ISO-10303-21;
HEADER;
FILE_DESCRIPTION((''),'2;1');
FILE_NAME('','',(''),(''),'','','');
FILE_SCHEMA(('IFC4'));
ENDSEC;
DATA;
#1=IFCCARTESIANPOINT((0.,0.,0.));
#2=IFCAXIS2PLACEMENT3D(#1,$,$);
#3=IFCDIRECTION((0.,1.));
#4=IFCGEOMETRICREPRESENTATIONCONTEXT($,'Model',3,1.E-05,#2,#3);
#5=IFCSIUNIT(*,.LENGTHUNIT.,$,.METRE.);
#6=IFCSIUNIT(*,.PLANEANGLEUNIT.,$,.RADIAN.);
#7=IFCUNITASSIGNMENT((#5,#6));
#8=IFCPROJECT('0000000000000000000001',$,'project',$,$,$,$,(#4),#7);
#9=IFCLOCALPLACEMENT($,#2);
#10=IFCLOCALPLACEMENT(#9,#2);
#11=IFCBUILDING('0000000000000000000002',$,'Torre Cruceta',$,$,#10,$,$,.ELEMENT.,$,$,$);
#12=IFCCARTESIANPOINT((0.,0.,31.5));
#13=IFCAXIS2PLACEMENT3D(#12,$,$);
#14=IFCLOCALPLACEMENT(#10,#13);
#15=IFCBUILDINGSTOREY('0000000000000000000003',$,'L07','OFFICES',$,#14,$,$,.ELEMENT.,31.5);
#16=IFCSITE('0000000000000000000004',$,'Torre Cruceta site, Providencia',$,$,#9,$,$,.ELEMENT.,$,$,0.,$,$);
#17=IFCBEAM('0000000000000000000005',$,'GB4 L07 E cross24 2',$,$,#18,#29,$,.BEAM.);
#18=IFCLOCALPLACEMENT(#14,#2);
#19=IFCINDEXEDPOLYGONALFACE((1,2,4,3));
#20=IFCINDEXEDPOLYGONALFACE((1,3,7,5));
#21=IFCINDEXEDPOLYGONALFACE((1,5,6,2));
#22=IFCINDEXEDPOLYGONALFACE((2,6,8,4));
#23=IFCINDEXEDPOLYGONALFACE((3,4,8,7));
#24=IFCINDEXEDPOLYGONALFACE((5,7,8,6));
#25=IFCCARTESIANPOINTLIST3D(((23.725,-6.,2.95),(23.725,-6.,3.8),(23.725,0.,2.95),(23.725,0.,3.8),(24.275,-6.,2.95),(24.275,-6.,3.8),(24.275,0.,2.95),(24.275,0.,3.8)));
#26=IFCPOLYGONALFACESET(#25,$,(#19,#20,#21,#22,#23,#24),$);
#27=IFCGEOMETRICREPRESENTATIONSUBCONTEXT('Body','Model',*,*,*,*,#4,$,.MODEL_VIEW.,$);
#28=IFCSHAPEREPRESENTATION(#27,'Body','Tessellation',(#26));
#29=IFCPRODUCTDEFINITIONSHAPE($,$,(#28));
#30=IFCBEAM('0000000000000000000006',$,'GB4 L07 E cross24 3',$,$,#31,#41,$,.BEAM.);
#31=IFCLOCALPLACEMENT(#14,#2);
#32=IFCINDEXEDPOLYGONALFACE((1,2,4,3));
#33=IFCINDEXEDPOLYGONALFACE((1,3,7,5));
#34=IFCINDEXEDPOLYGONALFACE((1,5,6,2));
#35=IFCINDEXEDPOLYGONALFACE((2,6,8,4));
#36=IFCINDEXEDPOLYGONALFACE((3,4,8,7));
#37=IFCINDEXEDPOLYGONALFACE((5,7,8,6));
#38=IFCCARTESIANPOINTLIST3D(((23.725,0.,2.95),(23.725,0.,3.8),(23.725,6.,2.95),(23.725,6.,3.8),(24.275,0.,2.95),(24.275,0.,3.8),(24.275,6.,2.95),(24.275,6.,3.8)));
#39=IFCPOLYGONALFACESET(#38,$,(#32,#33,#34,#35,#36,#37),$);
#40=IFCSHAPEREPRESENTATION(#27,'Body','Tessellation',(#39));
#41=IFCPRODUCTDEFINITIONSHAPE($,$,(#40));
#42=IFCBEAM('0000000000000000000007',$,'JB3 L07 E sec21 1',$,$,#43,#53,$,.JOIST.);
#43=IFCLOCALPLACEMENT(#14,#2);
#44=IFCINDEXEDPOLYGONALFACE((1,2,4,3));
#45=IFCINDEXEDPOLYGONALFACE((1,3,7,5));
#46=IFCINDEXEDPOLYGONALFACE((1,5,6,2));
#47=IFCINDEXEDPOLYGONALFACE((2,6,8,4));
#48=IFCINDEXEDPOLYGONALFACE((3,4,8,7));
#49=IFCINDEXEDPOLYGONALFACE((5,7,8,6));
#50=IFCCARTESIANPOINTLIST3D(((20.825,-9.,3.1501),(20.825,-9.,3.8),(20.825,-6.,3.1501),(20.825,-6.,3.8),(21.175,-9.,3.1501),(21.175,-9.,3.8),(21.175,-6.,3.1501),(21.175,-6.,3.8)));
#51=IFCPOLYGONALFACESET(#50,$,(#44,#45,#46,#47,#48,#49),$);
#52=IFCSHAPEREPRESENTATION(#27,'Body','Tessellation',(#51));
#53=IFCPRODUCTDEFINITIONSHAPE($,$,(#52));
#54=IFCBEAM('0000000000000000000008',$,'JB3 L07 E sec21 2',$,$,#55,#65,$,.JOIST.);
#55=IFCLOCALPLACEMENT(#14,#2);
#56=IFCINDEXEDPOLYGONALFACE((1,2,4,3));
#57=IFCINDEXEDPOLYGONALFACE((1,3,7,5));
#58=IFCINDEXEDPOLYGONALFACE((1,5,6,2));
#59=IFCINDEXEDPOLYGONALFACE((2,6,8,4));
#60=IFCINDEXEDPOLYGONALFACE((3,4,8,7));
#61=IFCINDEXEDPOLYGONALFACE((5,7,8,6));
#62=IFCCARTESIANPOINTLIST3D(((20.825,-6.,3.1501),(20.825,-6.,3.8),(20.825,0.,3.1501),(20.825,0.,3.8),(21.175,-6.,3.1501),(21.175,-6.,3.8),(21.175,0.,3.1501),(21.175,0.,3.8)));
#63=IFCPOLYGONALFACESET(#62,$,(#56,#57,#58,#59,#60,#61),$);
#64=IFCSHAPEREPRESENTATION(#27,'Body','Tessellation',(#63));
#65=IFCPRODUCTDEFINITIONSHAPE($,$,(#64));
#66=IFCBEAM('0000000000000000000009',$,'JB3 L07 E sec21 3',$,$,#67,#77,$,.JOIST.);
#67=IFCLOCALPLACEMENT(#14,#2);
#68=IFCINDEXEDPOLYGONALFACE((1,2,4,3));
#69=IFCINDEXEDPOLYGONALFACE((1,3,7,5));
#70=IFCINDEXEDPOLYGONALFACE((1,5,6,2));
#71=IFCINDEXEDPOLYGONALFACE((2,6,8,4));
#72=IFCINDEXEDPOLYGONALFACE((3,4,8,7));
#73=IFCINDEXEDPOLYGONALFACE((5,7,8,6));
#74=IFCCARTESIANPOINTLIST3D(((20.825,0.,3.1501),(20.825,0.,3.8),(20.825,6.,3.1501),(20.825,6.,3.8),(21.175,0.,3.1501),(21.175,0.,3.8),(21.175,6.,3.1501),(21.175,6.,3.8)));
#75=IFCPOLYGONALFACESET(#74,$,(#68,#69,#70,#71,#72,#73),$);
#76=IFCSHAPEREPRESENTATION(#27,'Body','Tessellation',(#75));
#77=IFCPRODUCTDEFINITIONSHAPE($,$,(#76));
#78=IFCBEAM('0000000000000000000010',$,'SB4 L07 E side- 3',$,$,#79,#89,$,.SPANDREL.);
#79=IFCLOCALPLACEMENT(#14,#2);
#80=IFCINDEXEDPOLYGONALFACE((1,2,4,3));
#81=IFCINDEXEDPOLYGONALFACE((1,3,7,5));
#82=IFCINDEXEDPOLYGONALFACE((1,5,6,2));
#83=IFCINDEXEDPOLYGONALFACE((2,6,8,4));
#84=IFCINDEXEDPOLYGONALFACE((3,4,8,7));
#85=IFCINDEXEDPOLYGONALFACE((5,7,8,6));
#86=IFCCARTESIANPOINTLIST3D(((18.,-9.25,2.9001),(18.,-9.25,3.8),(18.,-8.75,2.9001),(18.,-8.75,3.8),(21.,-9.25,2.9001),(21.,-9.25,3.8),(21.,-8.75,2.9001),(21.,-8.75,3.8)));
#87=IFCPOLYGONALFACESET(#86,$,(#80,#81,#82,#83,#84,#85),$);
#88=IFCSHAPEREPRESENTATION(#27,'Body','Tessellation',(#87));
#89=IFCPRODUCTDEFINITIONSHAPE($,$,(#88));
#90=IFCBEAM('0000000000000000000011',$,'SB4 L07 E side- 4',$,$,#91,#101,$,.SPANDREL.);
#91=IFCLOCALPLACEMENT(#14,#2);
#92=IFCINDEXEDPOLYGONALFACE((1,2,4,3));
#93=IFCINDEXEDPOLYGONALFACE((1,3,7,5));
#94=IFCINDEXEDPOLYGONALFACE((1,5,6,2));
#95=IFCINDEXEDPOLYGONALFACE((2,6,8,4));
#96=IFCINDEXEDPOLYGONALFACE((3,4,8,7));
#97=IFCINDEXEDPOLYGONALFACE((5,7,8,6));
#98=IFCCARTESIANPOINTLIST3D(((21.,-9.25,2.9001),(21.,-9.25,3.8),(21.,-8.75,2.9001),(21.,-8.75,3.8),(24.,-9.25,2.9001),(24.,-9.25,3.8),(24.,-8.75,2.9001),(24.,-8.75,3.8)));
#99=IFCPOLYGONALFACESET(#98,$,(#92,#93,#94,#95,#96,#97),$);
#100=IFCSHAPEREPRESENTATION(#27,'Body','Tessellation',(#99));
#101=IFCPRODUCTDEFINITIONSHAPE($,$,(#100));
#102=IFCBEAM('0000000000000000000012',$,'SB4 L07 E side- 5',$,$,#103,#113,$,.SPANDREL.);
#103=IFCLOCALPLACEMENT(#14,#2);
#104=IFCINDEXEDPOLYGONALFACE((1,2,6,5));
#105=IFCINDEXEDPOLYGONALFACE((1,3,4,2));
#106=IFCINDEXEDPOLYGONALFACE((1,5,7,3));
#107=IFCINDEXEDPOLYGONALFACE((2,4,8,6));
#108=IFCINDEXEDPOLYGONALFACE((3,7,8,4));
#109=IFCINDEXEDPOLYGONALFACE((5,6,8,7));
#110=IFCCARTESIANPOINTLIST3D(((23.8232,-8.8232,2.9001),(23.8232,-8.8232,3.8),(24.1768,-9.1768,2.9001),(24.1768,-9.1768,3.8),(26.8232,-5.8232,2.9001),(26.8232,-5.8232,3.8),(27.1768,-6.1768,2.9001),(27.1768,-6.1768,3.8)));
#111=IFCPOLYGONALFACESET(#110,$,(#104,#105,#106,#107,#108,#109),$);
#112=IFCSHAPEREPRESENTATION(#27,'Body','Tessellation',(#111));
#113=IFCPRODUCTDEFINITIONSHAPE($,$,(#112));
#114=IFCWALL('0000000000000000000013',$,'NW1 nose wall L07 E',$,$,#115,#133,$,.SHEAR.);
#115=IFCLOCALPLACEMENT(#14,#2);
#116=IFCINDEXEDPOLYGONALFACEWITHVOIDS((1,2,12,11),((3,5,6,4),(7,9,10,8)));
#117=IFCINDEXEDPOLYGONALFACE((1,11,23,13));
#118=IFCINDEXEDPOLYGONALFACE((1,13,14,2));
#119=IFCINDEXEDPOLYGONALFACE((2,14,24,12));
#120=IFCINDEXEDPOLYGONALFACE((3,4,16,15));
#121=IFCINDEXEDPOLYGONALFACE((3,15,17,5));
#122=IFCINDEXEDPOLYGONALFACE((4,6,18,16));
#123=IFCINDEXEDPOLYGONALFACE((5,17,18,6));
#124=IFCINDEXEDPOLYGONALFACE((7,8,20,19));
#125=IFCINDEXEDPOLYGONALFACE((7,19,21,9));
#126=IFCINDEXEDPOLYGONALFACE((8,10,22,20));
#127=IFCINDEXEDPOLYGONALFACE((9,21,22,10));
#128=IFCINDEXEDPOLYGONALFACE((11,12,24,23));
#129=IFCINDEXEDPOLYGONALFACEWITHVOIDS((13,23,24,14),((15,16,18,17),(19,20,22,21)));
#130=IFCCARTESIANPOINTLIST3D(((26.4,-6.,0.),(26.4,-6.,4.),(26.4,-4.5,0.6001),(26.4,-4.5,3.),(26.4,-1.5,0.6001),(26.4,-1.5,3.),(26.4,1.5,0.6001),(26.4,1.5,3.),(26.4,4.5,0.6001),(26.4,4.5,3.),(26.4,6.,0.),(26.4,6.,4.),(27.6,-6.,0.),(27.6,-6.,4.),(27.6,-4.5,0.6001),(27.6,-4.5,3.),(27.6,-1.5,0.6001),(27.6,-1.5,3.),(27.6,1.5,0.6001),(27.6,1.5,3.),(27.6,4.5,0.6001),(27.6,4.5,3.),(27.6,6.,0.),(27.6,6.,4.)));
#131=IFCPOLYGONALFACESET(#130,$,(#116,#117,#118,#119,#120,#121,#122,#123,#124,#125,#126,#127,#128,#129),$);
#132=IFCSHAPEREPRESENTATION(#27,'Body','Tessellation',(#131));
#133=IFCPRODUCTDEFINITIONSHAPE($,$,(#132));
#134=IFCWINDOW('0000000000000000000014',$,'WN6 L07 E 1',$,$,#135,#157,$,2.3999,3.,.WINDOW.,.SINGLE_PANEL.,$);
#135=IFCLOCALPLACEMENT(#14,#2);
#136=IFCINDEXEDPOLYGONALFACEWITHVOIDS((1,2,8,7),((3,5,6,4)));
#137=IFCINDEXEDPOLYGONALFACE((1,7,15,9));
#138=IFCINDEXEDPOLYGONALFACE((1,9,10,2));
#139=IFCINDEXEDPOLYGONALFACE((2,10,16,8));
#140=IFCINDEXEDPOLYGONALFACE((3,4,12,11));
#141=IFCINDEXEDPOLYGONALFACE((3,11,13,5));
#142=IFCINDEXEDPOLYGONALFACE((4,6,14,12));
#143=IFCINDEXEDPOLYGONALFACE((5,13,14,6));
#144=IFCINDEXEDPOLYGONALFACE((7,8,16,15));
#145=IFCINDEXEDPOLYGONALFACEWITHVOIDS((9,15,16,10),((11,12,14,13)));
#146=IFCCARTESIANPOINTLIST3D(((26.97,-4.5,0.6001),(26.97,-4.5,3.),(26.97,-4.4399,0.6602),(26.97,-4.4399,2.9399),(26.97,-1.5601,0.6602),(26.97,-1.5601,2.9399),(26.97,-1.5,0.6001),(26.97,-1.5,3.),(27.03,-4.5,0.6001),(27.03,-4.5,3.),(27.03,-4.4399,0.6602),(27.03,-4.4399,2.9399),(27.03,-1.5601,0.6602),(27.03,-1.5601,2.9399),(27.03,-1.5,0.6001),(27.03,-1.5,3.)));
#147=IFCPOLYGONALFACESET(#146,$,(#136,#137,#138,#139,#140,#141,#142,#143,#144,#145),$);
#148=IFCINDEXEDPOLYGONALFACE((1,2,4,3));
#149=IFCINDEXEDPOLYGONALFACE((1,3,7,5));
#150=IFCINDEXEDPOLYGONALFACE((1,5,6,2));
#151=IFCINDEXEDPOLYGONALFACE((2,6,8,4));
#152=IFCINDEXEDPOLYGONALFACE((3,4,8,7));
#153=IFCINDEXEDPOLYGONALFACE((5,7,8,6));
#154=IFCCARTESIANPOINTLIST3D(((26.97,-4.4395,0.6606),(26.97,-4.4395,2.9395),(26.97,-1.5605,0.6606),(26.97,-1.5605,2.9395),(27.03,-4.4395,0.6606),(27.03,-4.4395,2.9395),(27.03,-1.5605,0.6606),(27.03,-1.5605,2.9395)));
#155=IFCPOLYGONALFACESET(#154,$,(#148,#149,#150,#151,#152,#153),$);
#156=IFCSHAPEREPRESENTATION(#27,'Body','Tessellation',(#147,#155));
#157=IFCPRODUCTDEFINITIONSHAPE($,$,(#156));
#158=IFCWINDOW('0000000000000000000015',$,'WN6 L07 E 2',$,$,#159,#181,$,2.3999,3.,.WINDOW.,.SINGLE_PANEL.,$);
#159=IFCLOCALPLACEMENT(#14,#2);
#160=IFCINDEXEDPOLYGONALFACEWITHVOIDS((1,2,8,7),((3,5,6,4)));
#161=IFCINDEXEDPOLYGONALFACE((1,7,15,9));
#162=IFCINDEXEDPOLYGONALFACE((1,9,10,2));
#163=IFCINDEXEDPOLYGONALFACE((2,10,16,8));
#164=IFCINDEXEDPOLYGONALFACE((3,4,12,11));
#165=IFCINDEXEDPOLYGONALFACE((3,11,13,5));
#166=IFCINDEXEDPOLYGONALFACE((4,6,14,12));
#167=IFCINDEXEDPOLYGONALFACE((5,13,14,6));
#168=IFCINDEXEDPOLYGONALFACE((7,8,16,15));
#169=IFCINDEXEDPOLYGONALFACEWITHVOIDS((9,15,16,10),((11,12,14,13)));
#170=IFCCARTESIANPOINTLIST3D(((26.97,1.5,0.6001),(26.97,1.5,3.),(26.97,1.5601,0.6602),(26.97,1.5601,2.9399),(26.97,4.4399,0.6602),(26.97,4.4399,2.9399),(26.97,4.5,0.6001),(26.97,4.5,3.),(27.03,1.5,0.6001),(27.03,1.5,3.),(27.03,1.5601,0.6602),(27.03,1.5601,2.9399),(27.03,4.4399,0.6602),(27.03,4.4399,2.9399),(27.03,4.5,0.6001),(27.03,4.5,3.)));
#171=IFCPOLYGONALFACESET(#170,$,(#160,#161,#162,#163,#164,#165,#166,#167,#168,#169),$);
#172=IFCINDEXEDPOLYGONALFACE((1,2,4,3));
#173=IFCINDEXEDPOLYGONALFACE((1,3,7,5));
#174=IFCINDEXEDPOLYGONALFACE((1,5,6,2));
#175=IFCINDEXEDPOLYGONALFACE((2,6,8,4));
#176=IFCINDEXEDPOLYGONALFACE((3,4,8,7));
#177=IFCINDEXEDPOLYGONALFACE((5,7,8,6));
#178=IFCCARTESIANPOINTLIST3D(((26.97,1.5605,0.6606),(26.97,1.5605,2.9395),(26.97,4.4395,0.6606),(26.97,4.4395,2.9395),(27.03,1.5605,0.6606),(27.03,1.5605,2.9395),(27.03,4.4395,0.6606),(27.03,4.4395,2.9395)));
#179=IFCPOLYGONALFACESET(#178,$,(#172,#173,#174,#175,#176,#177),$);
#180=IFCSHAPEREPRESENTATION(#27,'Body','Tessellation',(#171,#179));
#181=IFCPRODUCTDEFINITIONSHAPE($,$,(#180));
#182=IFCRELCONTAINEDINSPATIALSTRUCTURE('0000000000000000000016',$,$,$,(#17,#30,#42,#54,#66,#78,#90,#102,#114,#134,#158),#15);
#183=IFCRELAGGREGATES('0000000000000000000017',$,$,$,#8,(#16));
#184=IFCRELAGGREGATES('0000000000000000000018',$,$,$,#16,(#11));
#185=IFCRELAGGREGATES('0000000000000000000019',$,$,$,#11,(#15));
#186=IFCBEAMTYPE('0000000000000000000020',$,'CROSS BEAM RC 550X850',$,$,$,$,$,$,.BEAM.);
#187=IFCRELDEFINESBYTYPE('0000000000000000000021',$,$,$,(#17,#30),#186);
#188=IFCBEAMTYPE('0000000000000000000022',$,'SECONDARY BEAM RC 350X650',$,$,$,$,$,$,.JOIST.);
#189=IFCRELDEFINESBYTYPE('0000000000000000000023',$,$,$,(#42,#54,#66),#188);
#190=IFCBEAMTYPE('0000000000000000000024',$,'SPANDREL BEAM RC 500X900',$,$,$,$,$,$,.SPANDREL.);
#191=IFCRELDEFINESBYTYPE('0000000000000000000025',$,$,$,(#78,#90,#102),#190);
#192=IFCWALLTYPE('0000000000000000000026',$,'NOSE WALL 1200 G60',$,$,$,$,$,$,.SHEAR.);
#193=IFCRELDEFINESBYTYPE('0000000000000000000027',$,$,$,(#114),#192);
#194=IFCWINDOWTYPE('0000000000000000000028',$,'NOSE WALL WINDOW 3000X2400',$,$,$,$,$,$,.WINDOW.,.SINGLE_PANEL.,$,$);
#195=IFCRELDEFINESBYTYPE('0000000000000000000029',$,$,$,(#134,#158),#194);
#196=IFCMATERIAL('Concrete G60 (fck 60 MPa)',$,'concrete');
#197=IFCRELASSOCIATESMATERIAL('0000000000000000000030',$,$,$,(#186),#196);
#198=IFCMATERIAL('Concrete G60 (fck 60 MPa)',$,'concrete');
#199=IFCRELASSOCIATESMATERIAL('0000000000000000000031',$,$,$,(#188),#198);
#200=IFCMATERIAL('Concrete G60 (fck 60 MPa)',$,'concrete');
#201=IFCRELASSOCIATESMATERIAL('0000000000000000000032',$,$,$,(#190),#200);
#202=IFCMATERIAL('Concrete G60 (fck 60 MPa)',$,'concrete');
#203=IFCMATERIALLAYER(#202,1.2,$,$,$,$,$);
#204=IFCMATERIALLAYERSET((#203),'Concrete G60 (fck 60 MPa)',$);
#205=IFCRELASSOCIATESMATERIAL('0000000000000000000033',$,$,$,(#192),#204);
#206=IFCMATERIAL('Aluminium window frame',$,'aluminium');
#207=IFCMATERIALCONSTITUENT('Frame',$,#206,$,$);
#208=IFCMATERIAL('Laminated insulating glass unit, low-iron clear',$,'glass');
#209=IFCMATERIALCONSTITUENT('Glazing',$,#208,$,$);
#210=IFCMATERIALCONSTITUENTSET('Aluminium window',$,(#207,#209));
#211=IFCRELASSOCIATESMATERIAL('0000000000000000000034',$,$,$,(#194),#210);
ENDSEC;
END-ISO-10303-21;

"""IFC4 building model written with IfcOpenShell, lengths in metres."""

from ifc_helpers import new_model, si_unit, direction, frame, frame_2d, origin, origin_2d, place, context, subcontext, project, spatial, rectangle, hollow_rectangle, extrude, material, layer, layer_set, constituent, constituent_set, material_profile, profile_set, type_object, element, fill, save


model = new_model("IFC4")

# Units and contexts
model_context = context("Model", 3, precision=1e-05, world=origin(), true_north=direction((0.0, 1.0)))
body_context = subcontext(model_context, "Body", "Model", "MODEL_VIEW")
ifc_project = project(units=[si_unit("LENGTHUNIT", "METRE"), si_unit("PLANEANGLEUNIT", "RADIAN")], contexts=[model_context])

# Site, building, storey
site_placement = place(None, origin())
site = spatial("IfcSite", under=ifc_project, at=site_placement, Name="Torre Cruceta site, Providencia", CompositionType="ELEMENT", RefElevation=0.0)
building_placement = place(site_placement, origin())
building = spatial("IfcBuilding", under=site, at=building_placement, Name="Torre Cruceta", CompositionType="ELEMENT")
storey_placement = place(building_placement, frame((0.0, 0.0, 31.5)))
storey = spatial("IfcBuildingStorey", under=building, at=storey_placement, Name="L07", Description="OFFICES", CompositionType="ELEMENT", Elevation=31.5)

# Beams
ifc_material_1 = material(Name="Concrete G60 (fck 60 MPa)", Category="concrete")
ifc_material_profile_1 = material_profile(ifc_material_1, rectangle(XDim=0.55, YDim=0.8501, at=origin_2d()), Name="RC 550X850")
ifc_profile_set_1 = profile_set([ifc_material_profile_1], Name="Concrete G60 (fck 60 MPa)")
beam_type_1 = type_object("IfcBeamType", Name="CROSS BEAM RC 550X850", PredefinedType="BEAM", material=ifc_profile_set_1)
for number, where, z_axis, x_axis, name in (
    (1, (24.0, -6.0, 3.375), (0.0, 1.0, 0.0), (-1.0, 0.0, 0.0), "GB4 L07 E cross24 2"),
    (2, (24.0, 0.0, 3.375), (0.0, 1.0, 0.0), (-1.0, 0.0, 0.0), "GB4 L07 E cross24 3"),
):
    element("IfcBeam", number, at=place(storey_placement, frame(where, z_axis=z_axis, x_axis=x_axis)), inside=storey, type_object=beam_type_1, Name=name, PredefinedType="BEAM", context=body_context, shape_type="SweptSolid", body=[
        extrude(rectangle(XDim=0.55, YDim=0.8501, at=origin_2d()), origin(), (0.0, 0.0, 1.0), 6.0),
    ])
ifc_material_2 = material(Name="Concrete G60 (fck 60 MPa)", Category="concrete")
ifc_material_profile_2 = material_profile(ifc_material_2, rectangle(XDim=0.3501, YDim=0.6499, at=origin_2d()), Name="RC 350X650")
ifc_profile_set_2 = profile_set([ifc_material_profile_2], Name="Concrete G60 (fck 60 MPa)")
beam_type_2 = type_object("IfcBeamType", Name="SECONDARY BEAM RC 350X650", PredefinedType="JOIST", material=ifc_profile_set_2)
beam_1_placement = place(storey_placement, frame((21.0, -9.0, 3.4751), z_axis=(0.0, 1.0, 0.0), x_axis=(-1.0, 0.0, 0.0)))
element("IfcBeam", 3, at=beam_1_placement, inside=storey, type_object=beam_type_2, Name="JB3 L07 E sec21 1", PredefinedType="JOIST", context=body_context, shape_type="SweptSolid", body=[
    extrude(rectangle(XDim=0.3501, YDim=0.6499, at=origin_2d()), origin(), (0.0, 0.0, 1.0), 3.0),
])
for number, where, z_axis, x_axis, name in (
    (4, (21.0, -6.0, 3.4751), (0.0, 1.0, 0.0), (-1.0, 0.0, 0.0), "JB3 L07 E sec21 2"),
    (5, (21.0, 0.0, 3.4751), (0.0, 1.0, 0.0), (-1.0, 0.0, 0.0), "JB3 L07 E sec21 3"),
):
    element("IfcBeam", number, at=place(storey_placement, frame(where, z_axis=z_axis, x_axis=x_axis)), inside=storey, type_object=beam_type_2, Name=name, PredefinedType="JOIST", context=body_context, shape_type="SweptSolid", body=[
        extrude(rectangle(XDim=0.3501, YDim=0.6499, at=origin_2d()), origin(), (0.0, 0.0, 1.0), 6.0),
    ])
ifc_material_3 = material(Name="Concrete G60 (fck 60 MPa)", Category="concrete")
ifc_material_profile_3 = material_profile(ifc_material_3, rectangle(XDim=0.5, YDim=0.8999, at=origin_2d()), Name="RC 500X900")
ifc_profile_set_3 = profile_set([ifc_material_profile_3], Name="Concrete G60 (fck 60 MPa)")
beam_type_3 = type_object("IfcBeamType", Name="SPANDREL BEAM RC 500X900", PredefinedType="SPANDREL", material=ifc_profile_set_3)
for number, where, z_axis, x_axis, name in (
    (6, (18.0, -9.0, 3.3501), (1.0, 0.0, 0.0), (0.0, 1.0, 0.0), "SB4 L07 E side- 3"),
    (7, (21.0, -9.0, 3.3501), (1.0, 0.0, 0.0), (0.0, 1.0, 0.0), "SB4 L07 E side- 4"),
):
    element("IfcBeam", number, at=place(storey_placement, frame(where, z_axis=z_axis, x_axis=x_axis)), inside=storey, type_object=beam_type_3, Name=name, PredefinedType="SPANDREL", context=body_context, shape_type="SweptSolid", body=[
        extrude(rectangle(XDim=0.5, YDim=0.8999, at=origin_2d()), origin(), (0.0, 0.0, 1.0), 3.0),
    ])
beam_2_placement = place(storey_placement, frame((24.0, -9.0, 3.3501), z_axis=(0.707107, 0.707107, 0.0), x_axis=(-0.707107, 0.707107, 0.0)))
element("IfcBeam", 8, at=beam_2_placement, inside=storey, type_object=beam_type_3, Name="SB4 L07 E side- 5", PredefinedType="SPANDREL", context=body_context, shape_type="SweptSolid", body=[
    extrude(rectangle(XDim=0.5, YDim=0.8999, at=origin_2d()), origin(), (0.0, 0.0, 1.0), 4.2427),
])

# Wall, openings, windows
ifc_material_4 = material(Name="Concrete G60 (fck 60 MPa)", Category="concrete")
ifc_layer_1 = layer(ifc_material_4, 1.2)
ifc_layer_set_1 = layer_set([ifc_layer_1], Name="Concrete G60 (fck 60 MPa)")
wall_type_1 = type_object("IfcWallType", Name="NOSE WALL 1200 G60", PredefinedType="SHEAR", material=ifc_layer_set_1)
wall_1_placement = place(storey_placement, frame((27.0, -6.0, 0.0), z_axis=(0.0, 0.0, 1.0), x_axis=(0.0, 1.0, 0.0)))
wall_1 = element("IfcWall", 9, at=wall_1_placement, inside=storey, type_object=wall_type_1, Name="NW1 nose wall L07 E", PredefinedType="SHEAR", context=body_context, shape_type="SweptSolid", body=[
    extrude(rectangle(XDim=12.0, YDim=1.2, at=frame_2d((6.0, 0.0))), origin(), (0.0, 0.0, 1.0), 4.0),
])
opening_1_placement = place(wall_1_placement, frame((1.5, 0.0, 0.6001)))
opening_1 = element("IfcOpeningElement", 10, at=opening_1_placement, cuts=wall_1, PredefinedType="OPENING", context=body_context, shape_type="SweptSolid", body=[
    extrude(rectangle(XDim=3.0, YDim=2.3999, at=frame_2d((1.5, 1.2))), frame((0.0, 0.6099, 0.0), z_axis=(0.0, -1.0, 0.0), x_axis=(1.0, 0.0, 0.0)), (0.0, 0.0, 1.0), 1.22),
])
opening_2_placement = place(wall_1_placement, frame((7.5, 0.0, 0.6001)))
opening_2 = element("IfcOpeningElement", 11, at=opening_2_placement, cuts=wall_1, PredefinedType="OPENING", context=body_context, shape_type="SweptSolid", body=[
    extrude(rectangle(XDim=3.0, YDim=2.3999, at=frame_2d((1.5, 1.2))), frame((0.0, 0.6099, 0.0), z_axis=(0.0, -1.0, 0.0), x_axis=(1.0, 0.0, 0.0)), (0.0, 0.0, 1.0), 1.22),
])
ifc_material_5 = material(Name="Aluminium window frame", Category="aluminium")
ifc_constituent_1 = constituent(ifc_material_5, Name="Frame")
ifc_material_6 = material(Name="Laminated insulating glass unit, low-iron clear", Category="glass")
ifc_constituent_2 = constituent(ifc_material_6, Name="Glazing")
ifc_constituent_set_1 = constituent_set(constituents=[ifc_constituent_1, ifc_constituent_2], Name="Aluminium window")
window_type = type_object("IfcWindowType", Name="NOSE WALL WINDOW 3000X2400", PartitioningType="SINGLE_PANEL", PredefinedType="WINDOW", material=ifc_constituent_set_1)
window_1_placement = place(opening_1_placement, origin())
window_1 = element("IfcWindow", 12, at=window_1_placement, inside=storey, type_object=window_type, Name="WN6 L07 E 1", OverallHeight=2.3999, OverallWidth=3.0, PartitioningType="SINGLE_PANEL", PredefinedType="WINDOW", context=body_context, shape_type="SweptSolid", body=[
    extrude(hollow_rectangle(XDim=3.0, YDim=2.3999, WallThickness=0.0601, at=frame_2d((1.5, 1.2))), frame((0.0, 0.03, 0.0), z_axis=(0.0, -1.0, 0.0), x_axis=(1.0, 0.0, 0.0)), (0.0, 0.0, 1.0), 0.0601),
    extrude(rectangle(XDim=2.8789, YDim=2.2788, at=frame_2d((1.5, 1.2))), frame((0.0, 0.03, 0.0), z_axis=(0.0, -1.0, 0.0), x_axis=(1.0, 0.0, 0.0)), (0.0, 0.0, 1.0), 0.0601),
])
fill(opening_1, window_1)
window_2_placement = place(opening_2_placement, origin())
window_2 = element("IfcWindow", 13, at=window_2_placement, inside=storey, type_object=window_type, Name="WN6 L07 E 2", OverallHeight=2.3999, OverallWidth=3.0, PartitioningType="SINGLE_PANEL", PredefinedType="WINDOW", context=body_context, shape_type="SweptSolid", body=[
    extrude(hollow_rectangle(XDim=3.0, YDim=2.3999, WallThickness=0.0601, at=frame_2d((1.5, 1.2))), frame((0.0, 0.03, 0.0), z_axis=(0.0, -1.0, 0.0), x_axis=(1.0, 0.0, 0.0)), (0.0, 0.0, 1.0), 0.0601),
    extrude(rectangle(XDim=2.8789, YDim=2.2788, at=frame_2d((1.5, 1.2))), frame((0.0, 0.03, 0.0), z_axis=(0.0, -1.0, 0.0), x_axis=(1.0, 0.0, 0.0)), (0.0, 0.0, 1.0), 0.0601),
])
fill(opening_2, window_2)

save(model, "model.ifc")
